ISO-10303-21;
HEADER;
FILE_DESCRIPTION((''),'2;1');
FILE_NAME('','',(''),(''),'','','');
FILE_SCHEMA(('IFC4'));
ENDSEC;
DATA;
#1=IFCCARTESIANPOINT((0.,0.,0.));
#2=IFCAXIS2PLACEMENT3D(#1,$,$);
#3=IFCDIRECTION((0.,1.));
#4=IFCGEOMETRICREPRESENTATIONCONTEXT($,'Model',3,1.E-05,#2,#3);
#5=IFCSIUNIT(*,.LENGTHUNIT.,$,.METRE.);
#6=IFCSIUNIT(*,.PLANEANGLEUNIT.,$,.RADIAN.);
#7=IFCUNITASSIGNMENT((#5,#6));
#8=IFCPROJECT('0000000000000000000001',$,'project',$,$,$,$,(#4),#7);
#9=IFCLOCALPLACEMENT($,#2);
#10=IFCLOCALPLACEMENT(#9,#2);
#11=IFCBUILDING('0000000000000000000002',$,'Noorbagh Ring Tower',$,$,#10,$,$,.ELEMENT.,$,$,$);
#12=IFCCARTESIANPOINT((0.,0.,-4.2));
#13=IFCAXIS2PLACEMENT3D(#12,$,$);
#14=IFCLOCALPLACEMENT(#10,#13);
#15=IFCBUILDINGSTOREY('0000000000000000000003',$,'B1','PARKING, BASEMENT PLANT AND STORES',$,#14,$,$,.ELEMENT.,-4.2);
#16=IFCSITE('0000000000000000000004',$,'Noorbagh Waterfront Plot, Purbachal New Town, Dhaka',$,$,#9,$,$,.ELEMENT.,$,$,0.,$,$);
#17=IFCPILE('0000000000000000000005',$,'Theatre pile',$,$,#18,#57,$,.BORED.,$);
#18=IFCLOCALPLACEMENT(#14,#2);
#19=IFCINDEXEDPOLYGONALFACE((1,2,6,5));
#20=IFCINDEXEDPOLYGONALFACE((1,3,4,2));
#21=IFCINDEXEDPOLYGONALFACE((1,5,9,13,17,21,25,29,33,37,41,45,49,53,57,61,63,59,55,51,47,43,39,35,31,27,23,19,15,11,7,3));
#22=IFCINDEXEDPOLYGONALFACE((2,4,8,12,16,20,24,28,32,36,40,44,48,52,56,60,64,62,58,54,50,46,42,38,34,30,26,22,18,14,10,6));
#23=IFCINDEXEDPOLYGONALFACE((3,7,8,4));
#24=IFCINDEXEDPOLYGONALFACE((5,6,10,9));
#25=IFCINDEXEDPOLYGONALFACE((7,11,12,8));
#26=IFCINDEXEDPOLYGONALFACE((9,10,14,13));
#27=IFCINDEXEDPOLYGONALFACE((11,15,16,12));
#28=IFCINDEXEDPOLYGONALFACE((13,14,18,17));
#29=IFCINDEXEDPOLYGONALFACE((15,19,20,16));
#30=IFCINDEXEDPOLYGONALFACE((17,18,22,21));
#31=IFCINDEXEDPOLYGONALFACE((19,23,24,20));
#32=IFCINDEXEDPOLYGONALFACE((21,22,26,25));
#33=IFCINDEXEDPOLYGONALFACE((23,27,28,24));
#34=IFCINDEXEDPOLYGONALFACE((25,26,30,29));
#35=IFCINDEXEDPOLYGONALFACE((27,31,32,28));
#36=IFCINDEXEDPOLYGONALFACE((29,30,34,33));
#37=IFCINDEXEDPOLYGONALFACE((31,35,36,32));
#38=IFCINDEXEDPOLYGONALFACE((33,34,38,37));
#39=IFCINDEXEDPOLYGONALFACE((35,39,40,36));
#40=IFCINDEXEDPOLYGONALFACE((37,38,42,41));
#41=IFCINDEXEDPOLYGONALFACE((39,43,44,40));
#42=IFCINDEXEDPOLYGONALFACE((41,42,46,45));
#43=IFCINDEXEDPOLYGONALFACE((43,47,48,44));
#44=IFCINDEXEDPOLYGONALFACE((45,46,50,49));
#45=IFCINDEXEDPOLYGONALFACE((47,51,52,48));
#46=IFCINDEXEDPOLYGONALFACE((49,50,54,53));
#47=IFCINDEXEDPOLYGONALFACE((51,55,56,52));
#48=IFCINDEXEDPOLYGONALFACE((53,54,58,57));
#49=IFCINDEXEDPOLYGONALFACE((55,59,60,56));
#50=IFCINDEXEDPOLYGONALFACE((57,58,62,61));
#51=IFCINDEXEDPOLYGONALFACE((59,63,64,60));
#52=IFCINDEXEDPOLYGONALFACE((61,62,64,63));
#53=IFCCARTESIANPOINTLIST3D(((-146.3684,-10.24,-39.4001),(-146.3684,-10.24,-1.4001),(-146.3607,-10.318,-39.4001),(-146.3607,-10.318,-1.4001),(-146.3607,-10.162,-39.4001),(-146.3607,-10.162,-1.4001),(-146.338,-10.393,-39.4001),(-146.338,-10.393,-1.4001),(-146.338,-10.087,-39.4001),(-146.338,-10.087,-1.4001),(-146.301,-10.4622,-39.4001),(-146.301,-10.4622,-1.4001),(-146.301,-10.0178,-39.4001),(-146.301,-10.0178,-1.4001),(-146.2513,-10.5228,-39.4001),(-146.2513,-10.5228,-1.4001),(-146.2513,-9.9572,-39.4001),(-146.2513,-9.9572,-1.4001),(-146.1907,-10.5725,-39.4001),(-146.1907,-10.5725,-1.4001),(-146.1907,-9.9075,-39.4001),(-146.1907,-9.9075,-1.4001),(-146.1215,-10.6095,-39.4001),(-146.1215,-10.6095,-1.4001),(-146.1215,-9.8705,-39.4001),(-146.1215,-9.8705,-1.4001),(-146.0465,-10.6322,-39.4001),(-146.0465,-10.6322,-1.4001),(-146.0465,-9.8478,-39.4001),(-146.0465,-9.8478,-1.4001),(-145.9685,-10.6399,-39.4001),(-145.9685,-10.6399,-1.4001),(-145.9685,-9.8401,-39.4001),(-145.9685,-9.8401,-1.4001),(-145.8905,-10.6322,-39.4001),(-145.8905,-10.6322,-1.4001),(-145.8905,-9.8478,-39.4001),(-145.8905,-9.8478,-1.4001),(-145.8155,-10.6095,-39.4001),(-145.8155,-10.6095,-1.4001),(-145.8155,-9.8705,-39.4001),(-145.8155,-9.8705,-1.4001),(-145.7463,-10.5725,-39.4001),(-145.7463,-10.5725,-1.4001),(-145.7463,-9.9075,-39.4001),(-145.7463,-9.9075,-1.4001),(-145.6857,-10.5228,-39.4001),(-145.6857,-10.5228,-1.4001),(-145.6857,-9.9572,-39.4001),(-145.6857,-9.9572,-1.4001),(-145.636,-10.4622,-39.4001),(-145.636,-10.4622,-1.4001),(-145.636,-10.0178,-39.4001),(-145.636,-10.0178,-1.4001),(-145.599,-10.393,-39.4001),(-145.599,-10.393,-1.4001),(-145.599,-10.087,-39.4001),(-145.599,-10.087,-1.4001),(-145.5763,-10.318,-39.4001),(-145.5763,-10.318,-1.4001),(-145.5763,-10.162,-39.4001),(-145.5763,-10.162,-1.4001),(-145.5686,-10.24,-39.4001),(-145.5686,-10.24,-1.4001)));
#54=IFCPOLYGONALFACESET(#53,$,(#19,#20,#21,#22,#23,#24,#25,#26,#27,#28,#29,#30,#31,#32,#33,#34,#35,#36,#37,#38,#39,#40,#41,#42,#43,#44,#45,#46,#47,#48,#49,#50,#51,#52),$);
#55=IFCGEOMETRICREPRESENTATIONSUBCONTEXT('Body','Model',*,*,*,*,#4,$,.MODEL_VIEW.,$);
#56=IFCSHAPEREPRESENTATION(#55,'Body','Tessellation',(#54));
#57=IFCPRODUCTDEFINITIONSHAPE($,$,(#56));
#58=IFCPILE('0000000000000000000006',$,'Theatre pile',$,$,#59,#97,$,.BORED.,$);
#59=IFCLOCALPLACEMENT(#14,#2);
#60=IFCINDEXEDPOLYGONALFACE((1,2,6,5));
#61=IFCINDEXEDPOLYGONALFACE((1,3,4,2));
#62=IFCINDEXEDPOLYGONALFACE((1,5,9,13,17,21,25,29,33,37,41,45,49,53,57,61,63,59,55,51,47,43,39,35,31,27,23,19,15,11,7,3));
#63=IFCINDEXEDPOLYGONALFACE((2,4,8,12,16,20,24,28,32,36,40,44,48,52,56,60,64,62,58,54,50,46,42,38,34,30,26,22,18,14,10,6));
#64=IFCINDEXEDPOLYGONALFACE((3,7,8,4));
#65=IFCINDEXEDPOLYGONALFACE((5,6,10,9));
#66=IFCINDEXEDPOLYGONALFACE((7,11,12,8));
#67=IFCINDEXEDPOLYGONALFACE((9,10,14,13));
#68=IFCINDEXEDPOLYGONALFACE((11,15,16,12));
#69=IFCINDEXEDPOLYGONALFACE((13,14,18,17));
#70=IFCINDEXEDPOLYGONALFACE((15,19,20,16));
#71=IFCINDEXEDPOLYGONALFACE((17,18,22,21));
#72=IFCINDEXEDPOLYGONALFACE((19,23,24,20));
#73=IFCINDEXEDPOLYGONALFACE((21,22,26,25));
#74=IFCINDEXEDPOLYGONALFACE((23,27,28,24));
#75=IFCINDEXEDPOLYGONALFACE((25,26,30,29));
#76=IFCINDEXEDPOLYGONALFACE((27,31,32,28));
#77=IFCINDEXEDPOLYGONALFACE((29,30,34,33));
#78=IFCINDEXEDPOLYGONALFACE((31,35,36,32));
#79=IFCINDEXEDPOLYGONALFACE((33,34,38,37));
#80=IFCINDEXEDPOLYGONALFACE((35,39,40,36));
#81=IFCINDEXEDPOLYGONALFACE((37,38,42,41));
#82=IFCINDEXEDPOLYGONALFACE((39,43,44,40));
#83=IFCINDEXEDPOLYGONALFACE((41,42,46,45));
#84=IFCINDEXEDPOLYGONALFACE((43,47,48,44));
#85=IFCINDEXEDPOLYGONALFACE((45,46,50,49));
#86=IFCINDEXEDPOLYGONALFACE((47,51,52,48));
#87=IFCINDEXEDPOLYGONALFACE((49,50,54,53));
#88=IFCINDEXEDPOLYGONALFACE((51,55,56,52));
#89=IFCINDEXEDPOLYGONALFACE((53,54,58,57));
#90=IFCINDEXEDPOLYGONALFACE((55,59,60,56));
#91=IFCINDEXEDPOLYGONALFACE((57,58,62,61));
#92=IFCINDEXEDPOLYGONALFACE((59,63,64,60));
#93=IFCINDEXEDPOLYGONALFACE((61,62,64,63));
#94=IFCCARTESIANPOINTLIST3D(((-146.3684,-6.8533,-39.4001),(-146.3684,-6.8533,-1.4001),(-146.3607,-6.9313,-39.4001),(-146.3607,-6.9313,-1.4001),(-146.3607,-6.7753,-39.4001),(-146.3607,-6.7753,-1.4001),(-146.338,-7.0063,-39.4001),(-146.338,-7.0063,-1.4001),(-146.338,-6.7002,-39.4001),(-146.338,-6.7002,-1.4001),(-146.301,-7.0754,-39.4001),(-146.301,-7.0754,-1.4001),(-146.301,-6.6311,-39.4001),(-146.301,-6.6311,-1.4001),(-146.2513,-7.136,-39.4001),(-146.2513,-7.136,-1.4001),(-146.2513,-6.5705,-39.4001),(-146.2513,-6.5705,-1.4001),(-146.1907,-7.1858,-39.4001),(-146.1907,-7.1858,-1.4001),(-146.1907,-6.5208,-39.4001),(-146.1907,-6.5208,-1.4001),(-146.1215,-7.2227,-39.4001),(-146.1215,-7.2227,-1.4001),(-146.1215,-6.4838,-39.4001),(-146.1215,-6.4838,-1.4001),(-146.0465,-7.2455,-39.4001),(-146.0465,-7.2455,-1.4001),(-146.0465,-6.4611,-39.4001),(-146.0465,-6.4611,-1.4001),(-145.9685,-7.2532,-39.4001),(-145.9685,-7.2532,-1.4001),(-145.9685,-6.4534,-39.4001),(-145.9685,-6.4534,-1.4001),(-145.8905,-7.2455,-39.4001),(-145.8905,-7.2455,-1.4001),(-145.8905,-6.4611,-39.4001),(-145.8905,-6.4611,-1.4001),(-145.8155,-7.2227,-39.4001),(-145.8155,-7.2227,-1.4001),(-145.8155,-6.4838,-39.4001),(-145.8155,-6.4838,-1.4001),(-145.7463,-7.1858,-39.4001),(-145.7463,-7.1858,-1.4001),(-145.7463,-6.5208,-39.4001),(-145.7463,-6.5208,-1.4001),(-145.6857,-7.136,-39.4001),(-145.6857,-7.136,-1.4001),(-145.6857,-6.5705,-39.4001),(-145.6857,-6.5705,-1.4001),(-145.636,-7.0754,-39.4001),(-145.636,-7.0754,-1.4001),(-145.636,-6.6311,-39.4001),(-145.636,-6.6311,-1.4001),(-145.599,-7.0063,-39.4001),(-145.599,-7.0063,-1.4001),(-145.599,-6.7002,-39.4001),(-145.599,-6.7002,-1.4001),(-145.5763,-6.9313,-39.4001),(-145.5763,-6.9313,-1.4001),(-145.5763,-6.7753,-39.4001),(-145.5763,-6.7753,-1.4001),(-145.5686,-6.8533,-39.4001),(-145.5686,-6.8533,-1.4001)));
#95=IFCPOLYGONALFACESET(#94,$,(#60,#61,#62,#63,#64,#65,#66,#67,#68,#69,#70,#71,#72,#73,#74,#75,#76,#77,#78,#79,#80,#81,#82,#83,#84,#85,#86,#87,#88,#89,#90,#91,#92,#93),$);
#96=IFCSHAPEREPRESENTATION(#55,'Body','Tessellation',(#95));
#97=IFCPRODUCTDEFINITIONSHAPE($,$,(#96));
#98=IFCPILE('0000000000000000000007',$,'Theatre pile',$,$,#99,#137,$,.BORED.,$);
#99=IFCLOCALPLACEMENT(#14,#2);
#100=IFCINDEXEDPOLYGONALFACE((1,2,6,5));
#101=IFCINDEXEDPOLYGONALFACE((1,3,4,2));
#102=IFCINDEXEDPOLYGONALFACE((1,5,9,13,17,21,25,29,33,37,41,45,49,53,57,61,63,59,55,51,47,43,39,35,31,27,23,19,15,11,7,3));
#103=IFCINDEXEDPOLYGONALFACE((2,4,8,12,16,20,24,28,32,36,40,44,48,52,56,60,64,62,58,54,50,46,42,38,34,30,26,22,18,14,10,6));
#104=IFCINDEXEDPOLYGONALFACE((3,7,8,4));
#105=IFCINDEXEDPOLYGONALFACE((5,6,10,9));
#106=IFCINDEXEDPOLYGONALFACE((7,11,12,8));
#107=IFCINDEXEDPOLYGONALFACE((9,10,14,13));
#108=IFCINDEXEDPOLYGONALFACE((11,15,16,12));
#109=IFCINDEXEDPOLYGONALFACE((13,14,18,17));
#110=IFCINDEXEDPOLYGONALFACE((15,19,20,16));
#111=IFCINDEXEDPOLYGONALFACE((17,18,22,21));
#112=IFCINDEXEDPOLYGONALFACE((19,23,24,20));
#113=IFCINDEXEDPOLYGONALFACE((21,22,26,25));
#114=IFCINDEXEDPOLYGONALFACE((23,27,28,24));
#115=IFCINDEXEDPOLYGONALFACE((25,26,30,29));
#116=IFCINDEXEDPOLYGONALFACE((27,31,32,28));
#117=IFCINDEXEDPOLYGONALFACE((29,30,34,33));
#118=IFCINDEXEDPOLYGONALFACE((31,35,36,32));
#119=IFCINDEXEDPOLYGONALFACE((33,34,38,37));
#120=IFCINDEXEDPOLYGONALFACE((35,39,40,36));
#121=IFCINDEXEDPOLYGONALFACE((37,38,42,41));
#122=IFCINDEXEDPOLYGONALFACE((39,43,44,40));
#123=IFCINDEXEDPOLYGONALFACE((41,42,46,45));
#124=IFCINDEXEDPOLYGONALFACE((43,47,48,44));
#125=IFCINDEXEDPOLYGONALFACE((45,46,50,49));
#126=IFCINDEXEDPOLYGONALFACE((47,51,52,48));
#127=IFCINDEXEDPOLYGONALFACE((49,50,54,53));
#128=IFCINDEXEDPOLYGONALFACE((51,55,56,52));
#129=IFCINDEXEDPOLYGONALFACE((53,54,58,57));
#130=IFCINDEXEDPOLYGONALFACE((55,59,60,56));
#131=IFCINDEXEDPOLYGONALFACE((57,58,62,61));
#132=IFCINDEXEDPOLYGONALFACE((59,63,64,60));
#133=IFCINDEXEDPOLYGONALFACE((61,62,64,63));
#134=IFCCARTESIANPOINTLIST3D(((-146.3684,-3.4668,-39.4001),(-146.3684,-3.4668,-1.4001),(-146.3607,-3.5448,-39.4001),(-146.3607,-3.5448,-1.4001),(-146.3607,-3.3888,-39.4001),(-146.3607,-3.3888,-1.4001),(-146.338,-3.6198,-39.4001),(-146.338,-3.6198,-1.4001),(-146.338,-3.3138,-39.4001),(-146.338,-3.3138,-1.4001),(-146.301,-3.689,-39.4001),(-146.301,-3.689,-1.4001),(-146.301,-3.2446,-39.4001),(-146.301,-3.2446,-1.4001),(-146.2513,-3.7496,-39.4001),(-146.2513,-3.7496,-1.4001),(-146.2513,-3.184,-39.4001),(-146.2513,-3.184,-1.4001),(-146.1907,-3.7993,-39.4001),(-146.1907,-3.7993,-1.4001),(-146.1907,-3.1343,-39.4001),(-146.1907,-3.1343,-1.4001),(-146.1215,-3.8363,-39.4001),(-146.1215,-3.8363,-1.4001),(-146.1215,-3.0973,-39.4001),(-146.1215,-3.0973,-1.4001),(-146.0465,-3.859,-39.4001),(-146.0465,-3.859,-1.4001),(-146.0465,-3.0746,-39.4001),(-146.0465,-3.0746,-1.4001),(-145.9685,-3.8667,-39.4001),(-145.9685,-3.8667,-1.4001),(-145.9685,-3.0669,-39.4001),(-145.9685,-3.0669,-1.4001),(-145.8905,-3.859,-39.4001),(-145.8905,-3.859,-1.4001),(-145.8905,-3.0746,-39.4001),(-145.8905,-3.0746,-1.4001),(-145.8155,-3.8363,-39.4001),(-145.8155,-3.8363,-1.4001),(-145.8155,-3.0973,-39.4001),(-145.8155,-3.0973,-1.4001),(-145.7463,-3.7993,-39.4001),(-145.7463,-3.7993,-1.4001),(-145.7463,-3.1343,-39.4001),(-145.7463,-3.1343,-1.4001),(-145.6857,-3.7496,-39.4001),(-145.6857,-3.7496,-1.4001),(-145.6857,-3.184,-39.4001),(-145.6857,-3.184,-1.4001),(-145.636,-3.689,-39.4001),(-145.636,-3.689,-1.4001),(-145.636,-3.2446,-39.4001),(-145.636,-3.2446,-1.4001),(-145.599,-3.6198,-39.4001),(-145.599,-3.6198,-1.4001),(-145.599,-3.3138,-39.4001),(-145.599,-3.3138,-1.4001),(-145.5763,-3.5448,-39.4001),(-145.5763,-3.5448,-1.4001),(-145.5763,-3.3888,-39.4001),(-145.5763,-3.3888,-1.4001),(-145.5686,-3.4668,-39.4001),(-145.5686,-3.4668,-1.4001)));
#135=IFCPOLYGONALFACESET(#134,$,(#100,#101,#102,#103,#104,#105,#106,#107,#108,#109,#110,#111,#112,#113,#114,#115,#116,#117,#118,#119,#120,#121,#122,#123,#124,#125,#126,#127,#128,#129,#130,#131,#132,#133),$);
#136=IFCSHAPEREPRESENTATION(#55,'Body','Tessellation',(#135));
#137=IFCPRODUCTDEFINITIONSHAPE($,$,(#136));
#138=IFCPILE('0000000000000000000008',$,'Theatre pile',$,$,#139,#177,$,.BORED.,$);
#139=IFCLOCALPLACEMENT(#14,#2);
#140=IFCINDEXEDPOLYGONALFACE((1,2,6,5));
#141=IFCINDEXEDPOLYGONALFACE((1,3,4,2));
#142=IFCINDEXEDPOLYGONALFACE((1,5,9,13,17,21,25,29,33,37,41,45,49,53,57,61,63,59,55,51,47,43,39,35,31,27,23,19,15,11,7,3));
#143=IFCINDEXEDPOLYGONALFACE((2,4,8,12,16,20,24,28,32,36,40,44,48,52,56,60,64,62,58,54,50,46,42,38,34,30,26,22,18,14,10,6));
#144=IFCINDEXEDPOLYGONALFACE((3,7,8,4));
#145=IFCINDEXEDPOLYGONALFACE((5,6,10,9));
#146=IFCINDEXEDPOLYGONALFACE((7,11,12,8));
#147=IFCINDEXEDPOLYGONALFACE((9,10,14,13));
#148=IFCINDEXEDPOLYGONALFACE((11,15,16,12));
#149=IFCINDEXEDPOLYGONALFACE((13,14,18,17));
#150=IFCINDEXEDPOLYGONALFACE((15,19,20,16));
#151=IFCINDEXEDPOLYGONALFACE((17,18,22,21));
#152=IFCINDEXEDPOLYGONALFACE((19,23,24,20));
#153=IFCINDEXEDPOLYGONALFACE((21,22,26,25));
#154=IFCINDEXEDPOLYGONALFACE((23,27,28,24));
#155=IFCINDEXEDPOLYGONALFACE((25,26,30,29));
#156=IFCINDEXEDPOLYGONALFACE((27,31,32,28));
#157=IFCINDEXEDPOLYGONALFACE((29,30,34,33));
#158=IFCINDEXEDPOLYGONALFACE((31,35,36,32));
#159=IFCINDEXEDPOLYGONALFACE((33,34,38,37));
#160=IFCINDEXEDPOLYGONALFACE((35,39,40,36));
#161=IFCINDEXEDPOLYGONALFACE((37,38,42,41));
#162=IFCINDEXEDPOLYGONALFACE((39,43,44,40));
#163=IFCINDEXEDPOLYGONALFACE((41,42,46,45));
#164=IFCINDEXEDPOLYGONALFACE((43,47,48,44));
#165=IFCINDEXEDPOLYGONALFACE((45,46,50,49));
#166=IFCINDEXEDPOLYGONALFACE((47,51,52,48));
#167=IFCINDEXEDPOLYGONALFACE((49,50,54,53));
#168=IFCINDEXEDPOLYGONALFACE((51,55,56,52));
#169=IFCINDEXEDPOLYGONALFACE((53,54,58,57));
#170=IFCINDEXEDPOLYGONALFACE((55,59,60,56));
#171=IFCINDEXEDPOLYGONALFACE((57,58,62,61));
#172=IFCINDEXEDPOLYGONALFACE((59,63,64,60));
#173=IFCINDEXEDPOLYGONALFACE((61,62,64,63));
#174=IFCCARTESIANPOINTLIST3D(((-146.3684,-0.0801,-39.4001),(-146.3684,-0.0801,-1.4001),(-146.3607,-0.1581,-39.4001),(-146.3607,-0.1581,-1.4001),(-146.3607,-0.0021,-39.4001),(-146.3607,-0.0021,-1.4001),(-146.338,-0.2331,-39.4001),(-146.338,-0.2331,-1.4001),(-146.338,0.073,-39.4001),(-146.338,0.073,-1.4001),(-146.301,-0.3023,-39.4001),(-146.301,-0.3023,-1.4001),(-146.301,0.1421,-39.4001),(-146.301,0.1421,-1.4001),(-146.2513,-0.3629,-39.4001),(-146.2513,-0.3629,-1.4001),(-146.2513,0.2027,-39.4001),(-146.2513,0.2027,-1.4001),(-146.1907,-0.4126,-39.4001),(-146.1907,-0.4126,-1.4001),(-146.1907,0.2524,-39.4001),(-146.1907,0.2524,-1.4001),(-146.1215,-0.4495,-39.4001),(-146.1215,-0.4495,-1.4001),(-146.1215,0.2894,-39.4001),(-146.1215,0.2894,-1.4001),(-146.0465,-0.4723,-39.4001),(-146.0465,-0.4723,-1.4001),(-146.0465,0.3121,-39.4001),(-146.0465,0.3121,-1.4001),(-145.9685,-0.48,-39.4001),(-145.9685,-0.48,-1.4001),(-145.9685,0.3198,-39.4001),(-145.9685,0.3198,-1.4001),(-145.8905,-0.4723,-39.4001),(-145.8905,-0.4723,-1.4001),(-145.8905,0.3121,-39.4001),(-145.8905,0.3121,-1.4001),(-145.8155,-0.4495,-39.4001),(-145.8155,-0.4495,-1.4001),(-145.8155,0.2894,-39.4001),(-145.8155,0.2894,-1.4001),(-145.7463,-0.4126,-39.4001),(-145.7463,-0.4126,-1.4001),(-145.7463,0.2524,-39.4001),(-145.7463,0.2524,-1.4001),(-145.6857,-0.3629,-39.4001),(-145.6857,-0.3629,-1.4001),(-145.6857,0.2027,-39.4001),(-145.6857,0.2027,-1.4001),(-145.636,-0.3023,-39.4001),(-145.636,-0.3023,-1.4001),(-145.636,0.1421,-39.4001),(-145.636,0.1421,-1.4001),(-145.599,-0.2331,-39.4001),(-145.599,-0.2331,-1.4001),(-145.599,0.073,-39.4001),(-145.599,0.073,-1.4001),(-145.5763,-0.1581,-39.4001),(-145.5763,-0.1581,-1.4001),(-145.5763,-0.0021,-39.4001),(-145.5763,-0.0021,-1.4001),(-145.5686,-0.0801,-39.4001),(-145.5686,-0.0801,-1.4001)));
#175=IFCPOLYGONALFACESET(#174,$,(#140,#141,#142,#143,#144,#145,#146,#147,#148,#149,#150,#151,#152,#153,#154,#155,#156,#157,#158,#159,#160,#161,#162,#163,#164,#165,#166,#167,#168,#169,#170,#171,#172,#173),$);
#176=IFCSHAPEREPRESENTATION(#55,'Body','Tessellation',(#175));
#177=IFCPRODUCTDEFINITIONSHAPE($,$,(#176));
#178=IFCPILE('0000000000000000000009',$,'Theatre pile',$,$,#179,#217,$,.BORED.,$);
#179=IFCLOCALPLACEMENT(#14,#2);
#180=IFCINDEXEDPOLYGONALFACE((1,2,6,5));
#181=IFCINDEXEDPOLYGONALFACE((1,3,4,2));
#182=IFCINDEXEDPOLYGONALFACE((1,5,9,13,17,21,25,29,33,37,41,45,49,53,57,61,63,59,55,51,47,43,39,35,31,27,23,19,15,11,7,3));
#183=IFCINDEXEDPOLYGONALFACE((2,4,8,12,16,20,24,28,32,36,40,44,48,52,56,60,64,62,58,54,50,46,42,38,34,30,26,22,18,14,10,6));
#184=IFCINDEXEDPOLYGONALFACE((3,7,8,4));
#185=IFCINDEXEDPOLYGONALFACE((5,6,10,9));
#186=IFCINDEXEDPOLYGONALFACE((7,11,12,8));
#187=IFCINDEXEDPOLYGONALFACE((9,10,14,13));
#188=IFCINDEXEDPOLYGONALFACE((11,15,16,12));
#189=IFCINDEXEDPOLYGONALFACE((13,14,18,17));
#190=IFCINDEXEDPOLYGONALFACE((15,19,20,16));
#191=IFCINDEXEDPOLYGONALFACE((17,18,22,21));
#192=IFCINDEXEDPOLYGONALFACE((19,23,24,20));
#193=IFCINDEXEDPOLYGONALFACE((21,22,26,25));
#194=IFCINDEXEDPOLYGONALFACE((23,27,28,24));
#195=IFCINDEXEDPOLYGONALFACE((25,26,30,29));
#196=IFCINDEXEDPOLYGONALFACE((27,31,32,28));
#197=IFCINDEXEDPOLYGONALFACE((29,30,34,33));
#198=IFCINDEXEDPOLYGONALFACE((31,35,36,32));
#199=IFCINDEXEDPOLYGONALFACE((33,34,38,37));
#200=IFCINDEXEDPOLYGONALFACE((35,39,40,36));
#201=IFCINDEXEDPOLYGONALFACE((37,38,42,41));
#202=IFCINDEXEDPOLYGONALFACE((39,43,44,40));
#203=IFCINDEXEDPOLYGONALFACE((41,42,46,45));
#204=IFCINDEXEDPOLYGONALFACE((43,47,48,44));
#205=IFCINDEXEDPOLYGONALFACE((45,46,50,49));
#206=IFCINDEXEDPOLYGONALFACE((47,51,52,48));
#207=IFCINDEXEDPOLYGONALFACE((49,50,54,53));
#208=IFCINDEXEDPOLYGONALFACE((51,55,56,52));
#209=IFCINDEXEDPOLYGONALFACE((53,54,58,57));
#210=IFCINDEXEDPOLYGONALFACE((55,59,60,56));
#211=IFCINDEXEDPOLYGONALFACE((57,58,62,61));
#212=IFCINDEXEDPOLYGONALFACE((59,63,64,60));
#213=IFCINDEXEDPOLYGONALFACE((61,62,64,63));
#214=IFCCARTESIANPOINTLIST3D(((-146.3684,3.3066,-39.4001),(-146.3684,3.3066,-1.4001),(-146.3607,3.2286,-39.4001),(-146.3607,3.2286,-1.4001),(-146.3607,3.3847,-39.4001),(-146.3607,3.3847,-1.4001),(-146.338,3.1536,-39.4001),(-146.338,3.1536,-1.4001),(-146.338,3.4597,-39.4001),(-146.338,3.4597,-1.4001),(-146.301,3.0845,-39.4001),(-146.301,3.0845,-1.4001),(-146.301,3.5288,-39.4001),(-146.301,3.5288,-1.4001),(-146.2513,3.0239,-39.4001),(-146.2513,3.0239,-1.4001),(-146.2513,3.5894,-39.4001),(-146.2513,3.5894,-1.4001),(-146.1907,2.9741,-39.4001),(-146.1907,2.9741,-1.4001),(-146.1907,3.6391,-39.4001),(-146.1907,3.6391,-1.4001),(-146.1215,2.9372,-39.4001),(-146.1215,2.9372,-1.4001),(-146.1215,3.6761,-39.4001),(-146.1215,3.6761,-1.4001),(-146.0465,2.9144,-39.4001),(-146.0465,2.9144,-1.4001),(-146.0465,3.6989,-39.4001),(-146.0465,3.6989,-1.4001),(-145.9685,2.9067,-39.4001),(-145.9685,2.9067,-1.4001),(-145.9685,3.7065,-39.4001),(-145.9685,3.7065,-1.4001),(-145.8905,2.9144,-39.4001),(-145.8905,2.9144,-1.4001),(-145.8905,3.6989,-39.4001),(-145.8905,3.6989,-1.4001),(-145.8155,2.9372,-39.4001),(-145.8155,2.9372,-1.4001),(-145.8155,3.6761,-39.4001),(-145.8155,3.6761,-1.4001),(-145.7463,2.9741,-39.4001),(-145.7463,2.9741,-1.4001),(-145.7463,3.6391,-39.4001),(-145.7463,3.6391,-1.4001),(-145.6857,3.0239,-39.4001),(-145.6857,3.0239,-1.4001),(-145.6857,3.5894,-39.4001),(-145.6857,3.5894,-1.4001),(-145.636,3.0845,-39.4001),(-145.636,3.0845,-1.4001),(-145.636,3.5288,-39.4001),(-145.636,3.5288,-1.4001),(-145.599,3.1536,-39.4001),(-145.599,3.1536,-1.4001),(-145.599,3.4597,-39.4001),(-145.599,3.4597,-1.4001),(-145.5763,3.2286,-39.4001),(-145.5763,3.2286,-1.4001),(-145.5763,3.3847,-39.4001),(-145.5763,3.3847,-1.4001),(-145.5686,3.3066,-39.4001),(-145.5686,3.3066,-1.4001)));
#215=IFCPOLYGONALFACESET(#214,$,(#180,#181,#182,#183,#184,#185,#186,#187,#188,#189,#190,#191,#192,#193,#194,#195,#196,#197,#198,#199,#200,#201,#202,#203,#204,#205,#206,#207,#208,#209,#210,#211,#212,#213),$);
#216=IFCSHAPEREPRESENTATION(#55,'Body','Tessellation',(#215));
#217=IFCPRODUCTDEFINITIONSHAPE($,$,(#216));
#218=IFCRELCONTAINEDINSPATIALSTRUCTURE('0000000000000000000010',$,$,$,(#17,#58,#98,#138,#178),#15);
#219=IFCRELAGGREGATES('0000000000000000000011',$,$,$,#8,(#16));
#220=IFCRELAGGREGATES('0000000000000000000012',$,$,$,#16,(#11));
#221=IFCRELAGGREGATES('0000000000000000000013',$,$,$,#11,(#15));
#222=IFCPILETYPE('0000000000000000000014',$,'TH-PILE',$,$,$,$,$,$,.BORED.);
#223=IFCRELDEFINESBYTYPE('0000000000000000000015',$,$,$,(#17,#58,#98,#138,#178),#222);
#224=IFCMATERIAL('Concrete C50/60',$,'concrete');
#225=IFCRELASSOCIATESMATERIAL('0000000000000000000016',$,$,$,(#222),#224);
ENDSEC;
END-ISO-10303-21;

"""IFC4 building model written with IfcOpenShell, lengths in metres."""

from ifc_helpers import new_model, si_unit, direction, frame, origin, origin_2d, place, context, subcontext, project, spatial, circle, extrude, material, material_profile, profile_set, type_object, element, save


model = new_model("IFC4")

# Units and contexts
model_context = context("Model", 3, precision=1e-05, world=origin(), true_north=direction((0.0, 1.0)))
body_context = subcontext(model_context, "Body", "Model", "MODEL_VIEW")
ifc_project = project(units=[si_unit("LENGTHUNIT", "METRE"), si_unit("PLANEANGLEUNIT", "RADIAN")], contexts=[model_context])

# Site, building, storey
site_placement = place(None, origin())
site = spatial("IfcSite", under=ifc_project, at=site_placement, Name="Noorbagh Waterfront Plot, Purbachal New Town, Dhaka", CompositionType="ELEMENT", RefElevation=0.0)
building_placement = place(site_placement, origin())
building = spatial("IfcBuilding", under=site, at=building_placement, Name="Noorbagh Ring Tower", CompositionType="ELEMENT")
storey_placement = place(building_placement, frame((0.0, 0.0, -4.2)))
storey = spatial("IfcBuildingStorey", under=building, at=storey_placement, Name="B1", Description="PARKING, BASEMENT PLANT AND STORES", CompositionType="ELEMENT", Elevation=-4.2)

# Piles
ifc_material_1 = material(Name="Concrete C50/60", Category="concrete")
ifc_material_profile_1 = material_profile(ifc_material_1, circle(Radius=0.3999, at=origin_2d()), Name="PILE800")
ifc_profile_set_1 = profile_set([ifc_material_profile_1], Name="Concrete C50/60")
pile_type = type_object("IfcPileType", Name="TH-PILE", PredefinedType="BORED", material=ifc_profile_set_1)
for number, where, z_axis, x_axis, name in (
    (1, (-145.9685, -10.24, -1.4001), (0.0, 0.0, -1.0), (1.0, 0.0, 0.0), "Theatre pile"),
    (2, (-145.9685, -6.8533, -1.4001), (0.0, 0.0, -1.0), (1.0, 0.0, 0.0), "Theatre pile"),
    (3, (-145.9685, -3.4668, -1.4001), (0.0, 0.0, -1.0), (1.0, 0.0, 0.0), "Theatre pile"),
    (4, (-145.9685, -0.0801, -1.4001), (0.0, 0.0, -1.0), (1.0, 0.0, 0.0), "Theatre pile"),
    (5, (-145.9685, 3.3066, -1.4001), (0.0, 0.0, -1.0), (1.0, 0.0, 0.0), "Theatre pile"),
):
    element("IfcPile", number, at=place(storey_placement, frame(where, z_axis=z_axis, x_axis=x_axis)), inside=storey, type_object=pile_type, Name=name, PredefinedType="BORED", context=body_context, shape_type="SweptSolid", body=[
        extrude(circle(Radius=0.3999, at=origin_2d()), origin(), (0.0, 0.0, 1.0), 38.0),
    ])

save(model, "model.ifc")
